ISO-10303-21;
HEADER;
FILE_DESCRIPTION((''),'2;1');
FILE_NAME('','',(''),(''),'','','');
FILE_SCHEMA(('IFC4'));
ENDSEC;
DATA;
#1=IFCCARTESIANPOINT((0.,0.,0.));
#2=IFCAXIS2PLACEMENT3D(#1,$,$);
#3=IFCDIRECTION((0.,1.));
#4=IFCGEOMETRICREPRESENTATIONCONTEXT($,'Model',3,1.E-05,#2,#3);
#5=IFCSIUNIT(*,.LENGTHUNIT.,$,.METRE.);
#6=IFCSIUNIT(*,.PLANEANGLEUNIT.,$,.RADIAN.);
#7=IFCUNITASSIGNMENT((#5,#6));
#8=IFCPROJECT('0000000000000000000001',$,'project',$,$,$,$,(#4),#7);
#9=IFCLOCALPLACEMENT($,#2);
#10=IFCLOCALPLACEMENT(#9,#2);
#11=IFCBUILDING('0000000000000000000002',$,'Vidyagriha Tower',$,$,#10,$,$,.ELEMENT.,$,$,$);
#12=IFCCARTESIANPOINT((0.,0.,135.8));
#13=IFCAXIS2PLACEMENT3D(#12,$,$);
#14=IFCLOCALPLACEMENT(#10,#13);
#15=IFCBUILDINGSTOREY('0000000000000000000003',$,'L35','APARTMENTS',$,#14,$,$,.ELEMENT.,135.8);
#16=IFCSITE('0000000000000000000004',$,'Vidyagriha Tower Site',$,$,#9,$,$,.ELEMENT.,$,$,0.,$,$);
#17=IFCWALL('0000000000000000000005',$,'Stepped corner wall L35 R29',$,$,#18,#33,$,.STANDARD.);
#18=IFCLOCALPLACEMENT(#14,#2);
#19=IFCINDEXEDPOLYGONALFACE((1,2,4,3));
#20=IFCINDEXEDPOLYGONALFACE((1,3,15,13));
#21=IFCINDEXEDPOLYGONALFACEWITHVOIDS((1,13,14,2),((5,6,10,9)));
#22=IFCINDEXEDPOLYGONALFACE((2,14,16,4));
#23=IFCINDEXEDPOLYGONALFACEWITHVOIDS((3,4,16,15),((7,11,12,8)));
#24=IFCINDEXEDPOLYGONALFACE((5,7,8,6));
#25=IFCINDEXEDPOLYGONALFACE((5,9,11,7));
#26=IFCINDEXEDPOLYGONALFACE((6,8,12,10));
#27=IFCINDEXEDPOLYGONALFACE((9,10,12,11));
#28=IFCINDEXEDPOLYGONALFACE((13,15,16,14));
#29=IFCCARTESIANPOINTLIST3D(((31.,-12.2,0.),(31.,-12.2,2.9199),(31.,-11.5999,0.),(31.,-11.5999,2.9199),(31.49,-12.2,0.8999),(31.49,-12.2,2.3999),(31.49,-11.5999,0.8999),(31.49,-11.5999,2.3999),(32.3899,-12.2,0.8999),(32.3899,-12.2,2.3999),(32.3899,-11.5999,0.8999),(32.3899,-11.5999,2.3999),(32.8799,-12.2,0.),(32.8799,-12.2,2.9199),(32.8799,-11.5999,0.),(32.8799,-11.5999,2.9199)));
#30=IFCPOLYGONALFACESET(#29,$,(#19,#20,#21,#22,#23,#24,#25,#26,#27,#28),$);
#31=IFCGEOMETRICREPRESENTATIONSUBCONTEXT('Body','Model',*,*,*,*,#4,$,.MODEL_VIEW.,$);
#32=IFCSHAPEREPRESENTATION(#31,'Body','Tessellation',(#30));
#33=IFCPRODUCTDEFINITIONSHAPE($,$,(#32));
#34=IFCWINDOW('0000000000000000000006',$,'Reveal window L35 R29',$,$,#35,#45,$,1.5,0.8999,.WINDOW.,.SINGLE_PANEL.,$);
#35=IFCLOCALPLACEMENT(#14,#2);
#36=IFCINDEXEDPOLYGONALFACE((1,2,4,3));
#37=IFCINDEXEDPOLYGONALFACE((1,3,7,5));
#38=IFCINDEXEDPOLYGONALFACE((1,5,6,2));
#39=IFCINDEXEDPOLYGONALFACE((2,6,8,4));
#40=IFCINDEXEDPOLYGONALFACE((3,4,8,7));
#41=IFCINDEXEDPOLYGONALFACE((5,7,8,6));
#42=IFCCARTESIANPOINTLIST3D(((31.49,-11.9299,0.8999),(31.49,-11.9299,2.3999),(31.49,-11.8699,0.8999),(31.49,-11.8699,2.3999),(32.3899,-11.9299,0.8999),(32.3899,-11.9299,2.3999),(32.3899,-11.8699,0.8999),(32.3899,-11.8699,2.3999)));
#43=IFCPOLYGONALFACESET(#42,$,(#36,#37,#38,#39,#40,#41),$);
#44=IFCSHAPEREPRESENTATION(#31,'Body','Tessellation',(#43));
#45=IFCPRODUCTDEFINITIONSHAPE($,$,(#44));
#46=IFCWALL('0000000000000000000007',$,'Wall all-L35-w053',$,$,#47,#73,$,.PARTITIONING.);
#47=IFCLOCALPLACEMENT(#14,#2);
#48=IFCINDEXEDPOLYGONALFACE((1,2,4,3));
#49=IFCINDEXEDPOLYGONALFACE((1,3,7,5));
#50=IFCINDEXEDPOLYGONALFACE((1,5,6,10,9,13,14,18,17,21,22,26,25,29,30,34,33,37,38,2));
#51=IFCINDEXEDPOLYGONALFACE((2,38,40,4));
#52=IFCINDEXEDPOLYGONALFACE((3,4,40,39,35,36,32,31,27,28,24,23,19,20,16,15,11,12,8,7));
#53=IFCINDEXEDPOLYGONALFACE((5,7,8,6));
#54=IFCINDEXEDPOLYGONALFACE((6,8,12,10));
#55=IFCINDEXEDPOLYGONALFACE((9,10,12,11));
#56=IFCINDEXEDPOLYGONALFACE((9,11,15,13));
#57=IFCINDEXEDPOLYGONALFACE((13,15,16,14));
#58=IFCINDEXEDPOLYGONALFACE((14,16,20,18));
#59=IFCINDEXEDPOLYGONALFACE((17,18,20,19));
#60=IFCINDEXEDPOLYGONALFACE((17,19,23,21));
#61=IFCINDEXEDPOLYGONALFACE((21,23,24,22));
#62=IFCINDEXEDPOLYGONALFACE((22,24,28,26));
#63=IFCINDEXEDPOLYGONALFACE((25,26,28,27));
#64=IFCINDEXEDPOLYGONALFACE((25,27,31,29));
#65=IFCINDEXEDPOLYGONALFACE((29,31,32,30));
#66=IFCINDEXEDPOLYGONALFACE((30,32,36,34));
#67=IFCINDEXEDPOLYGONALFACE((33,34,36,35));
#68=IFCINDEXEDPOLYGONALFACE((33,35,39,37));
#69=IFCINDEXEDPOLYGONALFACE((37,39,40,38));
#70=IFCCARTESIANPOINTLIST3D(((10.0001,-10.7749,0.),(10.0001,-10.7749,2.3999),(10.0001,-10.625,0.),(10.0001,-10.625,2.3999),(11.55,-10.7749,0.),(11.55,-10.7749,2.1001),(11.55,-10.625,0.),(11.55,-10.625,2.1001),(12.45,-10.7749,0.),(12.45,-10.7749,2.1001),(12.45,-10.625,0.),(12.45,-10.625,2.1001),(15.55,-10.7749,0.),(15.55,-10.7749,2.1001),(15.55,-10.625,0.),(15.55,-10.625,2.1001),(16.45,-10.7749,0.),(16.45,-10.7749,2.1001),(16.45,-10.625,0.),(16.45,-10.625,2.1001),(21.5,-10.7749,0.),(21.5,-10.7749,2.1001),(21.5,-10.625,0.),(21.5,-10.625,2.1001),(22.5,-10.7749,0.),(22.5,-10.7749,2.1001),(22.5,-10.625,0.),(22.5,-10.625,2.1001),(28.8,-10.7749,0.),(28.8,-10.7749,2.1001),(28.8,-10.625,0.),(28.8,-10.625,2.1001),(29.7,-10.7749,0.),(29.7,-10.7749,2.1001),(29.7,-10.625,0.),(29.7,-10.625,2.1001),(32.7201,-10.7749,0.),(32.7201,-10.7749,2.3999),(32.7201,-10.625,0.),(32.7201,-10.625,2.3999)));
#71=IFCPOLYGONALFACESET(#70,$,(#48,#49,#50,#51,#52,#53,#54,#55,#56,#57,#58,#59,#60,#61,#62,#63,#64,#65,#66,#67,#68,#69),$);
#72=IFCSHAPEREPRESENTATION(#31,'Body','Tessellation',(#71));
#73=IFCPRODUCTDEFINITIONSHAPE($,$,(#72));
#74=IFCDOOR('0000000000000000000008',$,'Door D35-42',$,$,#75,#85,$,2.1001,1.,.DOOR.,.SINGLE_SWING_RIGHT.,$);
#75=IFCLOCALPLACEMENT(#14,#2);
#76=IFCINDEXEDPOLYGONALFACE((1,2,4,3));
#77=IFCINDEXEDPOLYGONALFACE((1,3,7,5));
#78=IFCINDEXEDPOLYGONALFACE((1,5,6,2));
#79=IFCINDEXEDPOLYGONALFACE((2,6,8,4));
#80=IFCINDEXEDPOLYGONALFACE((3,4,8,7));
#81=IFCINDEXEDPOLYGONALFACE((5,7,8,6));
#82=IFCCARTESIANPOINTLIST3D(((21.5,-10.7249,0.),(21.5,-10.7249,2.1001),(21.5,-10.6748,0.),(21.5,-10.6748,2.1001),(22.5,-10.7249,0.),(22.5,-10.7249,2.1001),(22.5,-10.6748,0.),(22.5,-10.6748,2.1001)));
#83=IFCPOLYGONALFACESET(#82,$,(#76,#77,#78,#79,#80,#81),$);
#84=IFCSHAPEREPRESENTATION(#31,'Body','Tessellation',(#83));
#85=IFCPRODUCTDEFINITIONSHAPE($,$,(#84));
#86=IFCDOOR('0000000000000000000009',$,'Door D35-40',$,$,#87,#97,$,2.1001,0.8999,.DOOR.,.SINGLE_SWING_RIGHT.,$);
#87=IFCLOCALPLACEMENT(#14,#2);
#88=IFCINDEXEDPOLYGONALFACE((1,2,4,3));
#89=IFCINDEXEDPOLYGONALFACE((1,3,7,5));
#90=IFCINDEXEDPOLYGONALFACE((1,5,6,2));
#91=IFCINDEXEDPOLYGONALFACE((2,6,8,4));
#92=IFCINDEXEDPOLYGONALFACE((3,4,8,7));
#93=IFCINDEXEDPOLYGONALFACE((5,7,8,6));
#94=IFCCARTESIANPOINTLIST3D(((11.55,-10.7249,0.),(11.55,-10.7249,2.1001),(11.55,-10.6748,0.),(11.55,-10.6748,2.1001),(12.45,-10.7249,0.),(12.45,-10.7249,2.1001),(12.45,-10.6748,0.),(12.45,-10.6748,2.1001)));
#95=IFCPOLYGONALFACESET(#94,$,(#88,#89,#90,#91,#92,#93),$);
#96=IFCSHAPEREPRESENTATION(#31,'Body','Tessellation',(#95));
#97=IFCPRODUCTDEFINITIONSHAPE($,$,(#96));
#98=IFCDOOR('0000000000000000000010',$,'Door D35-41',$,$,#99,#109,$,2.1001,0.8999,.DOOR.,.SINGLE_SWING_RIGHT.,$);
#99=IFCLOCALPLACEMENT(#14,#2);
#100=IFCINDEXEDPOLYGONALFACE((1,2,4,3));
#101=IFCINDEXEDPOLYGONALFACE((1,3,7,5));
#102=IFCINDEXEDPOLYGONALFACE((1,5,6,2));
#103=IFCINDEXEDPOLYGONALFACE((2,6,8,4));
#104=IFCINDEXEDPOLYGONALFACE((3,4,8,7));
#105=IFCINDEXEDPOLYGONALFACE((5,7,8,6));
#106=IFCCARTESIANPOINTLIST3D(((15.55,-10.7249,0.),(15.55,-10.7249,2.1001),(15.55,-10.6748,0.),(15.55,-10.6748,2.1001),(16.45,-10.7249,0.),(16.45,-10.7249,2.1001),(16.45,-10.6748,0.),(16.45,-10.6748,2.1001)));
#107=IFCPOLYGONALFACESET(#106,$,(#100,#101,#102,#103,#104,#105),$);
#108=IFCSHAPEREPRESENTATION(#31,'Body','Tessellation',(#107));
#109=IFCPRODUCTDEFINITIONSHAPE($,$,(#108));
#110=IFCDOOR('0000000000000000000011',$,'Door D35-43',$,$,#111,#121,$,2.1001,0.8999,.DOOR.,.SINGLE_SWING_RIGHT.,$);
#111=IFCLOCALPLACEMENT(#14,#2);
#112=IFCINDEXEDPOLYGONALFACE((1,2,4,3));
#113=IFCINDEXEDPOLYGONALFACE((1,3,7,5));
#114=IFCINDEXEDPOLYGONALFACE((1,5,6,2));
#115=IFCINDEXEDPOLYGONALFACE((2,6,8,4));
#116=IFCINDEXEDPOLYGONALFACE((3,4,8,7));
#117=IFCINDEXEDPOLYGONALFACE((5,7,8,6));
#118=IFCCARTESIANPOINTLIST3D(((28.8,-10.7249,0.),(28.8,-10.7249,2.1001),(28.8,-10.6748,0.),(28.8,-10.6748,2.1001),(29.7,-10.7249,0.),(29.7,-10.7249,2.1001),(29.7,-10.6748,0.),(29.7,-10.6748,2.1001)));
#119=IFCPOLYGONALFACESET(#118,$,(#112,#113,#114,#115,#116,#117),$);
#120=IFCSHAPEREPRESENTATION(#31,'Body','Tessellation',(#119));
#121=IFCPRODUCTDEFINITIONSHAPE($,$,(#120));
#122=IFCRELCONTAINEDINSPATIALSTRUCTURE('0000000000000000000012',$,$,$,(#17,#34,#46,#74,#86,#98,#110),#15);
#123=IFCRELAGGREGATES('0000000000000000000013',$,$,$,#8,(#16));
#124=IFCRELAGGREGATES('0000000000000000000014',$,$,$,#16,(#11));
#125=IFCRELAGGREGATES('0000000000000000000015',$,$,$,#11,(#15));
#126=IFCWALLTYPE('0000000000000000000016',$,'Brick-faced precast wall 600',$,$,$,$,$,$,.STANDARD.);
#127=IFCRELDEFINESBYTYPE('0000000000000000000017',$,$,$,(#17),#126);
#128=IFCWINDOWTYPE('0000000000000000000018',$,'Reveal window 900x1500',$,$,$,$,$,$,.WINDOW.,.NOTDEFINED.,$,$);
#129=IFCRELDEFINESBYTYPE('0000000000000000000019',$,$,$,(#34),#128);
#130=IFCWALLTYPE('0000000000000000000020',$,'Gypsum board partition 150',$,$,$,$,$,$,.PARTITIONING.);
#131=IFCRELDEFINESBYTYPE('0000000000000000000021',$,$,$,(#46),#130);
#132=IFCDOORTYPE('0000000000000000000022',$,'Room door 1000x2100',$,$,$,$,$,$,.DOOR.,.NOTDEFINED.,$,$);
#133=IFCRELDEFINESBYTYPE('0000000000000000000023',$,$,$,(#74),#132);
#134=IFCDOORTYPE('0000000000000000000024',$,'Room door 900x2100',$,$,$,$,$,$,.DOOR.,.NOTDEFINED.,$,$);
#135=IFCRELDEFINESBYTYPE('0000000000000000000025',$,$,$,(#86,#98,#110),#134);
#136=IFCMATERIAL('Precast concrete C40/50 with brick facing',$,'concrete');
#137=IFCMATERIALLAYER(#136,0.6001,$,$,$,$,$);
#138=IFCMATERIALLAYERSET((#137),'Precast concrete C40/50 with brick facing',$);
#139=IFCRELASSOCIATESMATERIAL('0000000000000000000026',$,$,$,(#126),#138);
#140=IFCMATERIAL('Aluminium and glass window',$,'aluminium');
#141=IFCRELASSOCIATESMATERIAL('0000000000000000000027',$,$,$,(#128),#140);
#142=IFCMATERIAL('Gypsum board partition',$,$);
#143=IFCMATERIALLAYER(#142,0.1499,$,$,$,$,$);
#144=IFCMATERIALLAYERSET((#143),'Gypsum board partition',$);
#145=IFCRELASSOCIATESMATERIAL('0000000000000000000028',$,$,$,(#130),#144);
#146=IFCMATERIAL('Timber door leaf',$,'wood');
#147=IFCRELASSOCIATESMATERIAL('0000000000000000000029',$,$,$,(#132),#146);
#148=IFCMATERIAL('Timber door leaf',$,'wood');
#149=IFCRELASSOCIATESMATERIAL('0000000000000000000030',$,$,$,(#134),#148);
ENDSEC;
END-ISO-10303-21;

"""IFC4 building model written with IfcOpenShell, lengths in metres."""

from ifc_helpers import new_model, si_unit, direction, frame, frame_2d, origin, place, context, subcontext, project, spatial, rectangle, extrude, material, layer, layer_set, type_object, element, fill, save


model = new_model("IFC4")

# Units and contexts
model_context = context("Model", 3, precision=1e-05, world=origin(), true_north=direction((0.0, 1.0)))
body_context = subcontext(model_context, "Body", "Model", "MODEL_VIEW")
ifc_project = project(units=[si_unit("LENGTHUNIT", "METRE"), si_unit("PLANEANGLEUNIT", "RADIAN")], contexts=[model_context])

# Site, building, storey
site_placement = place(None, origin())
site = spatial("IfcSite", under=ifc_project, at=site_placement, Name="Vidyagriha Tower Site", CompositionType="ELEMENT", RefElevation=0.0)
building_placement = place(site_placement, origin())
building = spatial("IfcBuilding", under=site, at=building_placement, Name="Vidyagriha Tower", CompositionType="ELEMENT")
storey_placement = place(building_placement, frame((0.0, 0.0, 135.8)))
storey = spatial("IfcBuildingStorey", under=building, at=storey_placement, Name="L35", Description="APARTMENTS", CompositionType="ELEMENT", Elevation=135.8)

# Shared definitions
ifc_material_1 = material(Name="Precast concrete C40/50 with brick facing", Category="concrete")
ifc_layer_1 = layer(ifc_material_1, 0.6001)
ifc_layer_set_1 = layer_set([ifc_layer_1], Name="Precast concrete C40/50 with brick facing")
wall_type_1 = type_object("IfcWallType", Name="Brick-faced precast wall 600", PredefinedType="STANDARD", material=ifc_layer_set_1)

# Shared definitions
ifc_material_2 = material(Name="Aluminium and glass window", Category="aluminium")
window_type = type_object("IfcWindowType", Name="Reveal window 900x1500", PartitioningType="NOTDEFINED", PredefinedType="WINDOW", material=ifc_material_2)

# Wall, opening, window
wall_1_placement = place(storey_placement, frame((31.0, -11.8999, 0.0)))
wall_1 = element("IfcWall", 1, at=wall_1_placement, inside=storey, type_object=wall_type_1, Name="Stepped corner wall L35 R29", PredefinedType="STANDARD", context=body_context, shape_type="SweptSolid", body=[
    extrude(rectangle(XDim=1.8799, YDim=0.6001, at=frame_2d((0.9399, 0.0))), origin(), (0.0, 0.0, 1.0), 2.9199),
])
opening_1_placement = place(wall_1_placement, frame((0.49, 0.0, 0.8999)))
opening_1 = element("IfcOpeningElement", 2, at=opening_1_placement, cuts=wall_1, PredefinedType="OPENING", context=body_context, shape_type="SweptSolid", body=[
    extrude(rectangle(XDim=0.8999, YDim=1.5, at=frame_2d((0.45, 0.75))), frame((0.0, 0.3101, 0.0), z_axis=(0.0, -1.0, 0.0), x_axis=(1.0, 0.0, 0.0)), (0.0, 0.0, 1.0), 0.6201),
])
window_1_placement = place(opening_1_placement, origin())
window_1 = element("IfcWindow", 3, at=window_1_placement, inside=storey, type_object=window_type, Name="Reveal window L35 R29", OverallHeight=1.5, OverallWidth=0.8999, PartitioningType="SINGLE_PANEL", PredefinedType="WINDOW", context=body_context, shape_type="SweptSolid", body=[
    extrude(rectangle(XDim=0.8999, YDim=1.5, at=frame_2d((0.45, 0.75))), frame((0.0, 0.03, 0.0), z_axis=(0.0, -1.0, 0.0), x_axis=(1.0, 0.0, 0.0)), (0.0, 0.0, 1.0), 0.0601),
])
fill(opening_1, window_1)

# Wall, openings, doors
ifc_material_3 = material(Name="Gypsum board partition")
ifc_layer_2 = layer(ifc_material_3, 0.1499)
ifc_layer_set_2 = layer_set([ifc_layer_2], Name="Gypsum board partition")
wall_type_2 = type_object("IfcWallType", Name="Gypsum board partition 150", PredefinedType="PARTITIONING", material=ifc_layer_set_2)
wall_2_placement = place(storey_placement, frame((32.72, -10.7, 0.0), z_axis=(0.0, 0.0, 1.0), x_axis=(-1.0, 0.0, 0.0)))
wall_2 = element("IfcWall", 4, at=wall_2_placement, inside=storey, type_object=wall_type_2, Name="Wall all-L35-w053", PredefinedType="PARTITIONING", context=body_context, shape_type="SweptSolid", body=[
    extrude(rectangle(XDim=22.72, YDim=0.1499, at=frame_2d((11.3599, 0.0))), origin(), (0.0, 0.0, 1.0), 2.3999),
])
opening_2_placement = place(wall_2_placement, frame((20.27, 0.0, 0.0)))
opening_2 = element("IfcOpeningElement", 5, at=opening_2_placement, cuts=wall_2, PredefinedType="OPENING", context=body_context, shape_type="SweptSolid", body=[
    extrude(rectangle(XDim=0.8999, YDim=2.1001, at=frame_2d((0.45, 1.05))), frame((0.0, 0.085, 0.0), z_axis=(0.0, -1.0, 0.0), x_axis=(1.0, 0.0, 0.0)), (0.0, 0.0, 1.0), 0.1699),
])
opening_3_placement = place(wall_2_placement, frame((16.27, 0.0, 0.0)))
opening_3 = element("IfcOpeningElement", 6, at=opening_3_placement, cuts=wall_2, PredefinedType="OPENING", context=body_context, shape_type="SweptSolid", body=[
    extrude(rectangle(XDim=0.8999, YDim=2.1001, at=frame_2d((0.45, 1.05))), frame((0.0, 0.085, 0.0), z_axis=(0.0, -1.0, 0.0), x_axis=(1.0, 0.0, 0.0)), (0.0, 0.0, 1.0), 0.1699),
])
opening_4_placement = place(wall_2_placement, frame((10.22, 0.0, 0.0)))
opening_4 = element("IfcOpeningElement", 7, at=opening_4_placement, cuts=wall_2, PredefinedType="OPENING", context=body_context, shape_type="SweptSolid", body=[
    extrude(rectangle(XDim=1.0, YDim=2.1001, at=frame_2d((0.5, 1.05))), frame((0.0, 0.085, 0.0), z_axis=(0.0, -1.0, 0.0), x_axis=(1.0, 0.0, 0.0)), (0.0, 0.0, 1.0), 0.1699),
])
opening_5_placement = place(wall_2_placement, frame((3.02, 0.0, 0.0)))
opening_5 = element("IfcOpeningElement", 8, at=opening_5_placement, cuts=wall_2, PredefinedType="OPENING", context=body_context, shape_type="SweptSolid", body=[
    extrude(rectangle(XDim=0.8999, YDim=2.1001, at=frame_2d((0.45, 1.05))), frame((0.0, 0.085, 0.0), z_axis=(0.0, -1.0, 0.0), x_axis=(1.0, 0.0, 0.0)), (0.0, 0.0, 1.0), 0.1699),
])
ifc_material_4 = material(Name="Timber door leaf", Category="wood")
door_type_1 = type_object("IfcDoorType", Name="Room door 1000x2100", OperationType="NOTDEFINED", PredefinedType="DOOR", material=ifc_material_4)
door_1_placement = place(opening_4_placement, origin())
door_1 = element("IfcDoor", 9, at=door_1_placement, inside=storey, type_object=door_type_1, Name="Door D35-42", OperationType="SINGLE_SWING_RIGHT", OverallHeight=2.1001, OverallWidth=1.0, PredefinedType="DOOR", context=body_context, shape_type="SweptSolid", body=[
    extrude(rectangle(XDim=1.0, YDim=2.1001, at=frame_2d((0.5, 1.05))), frame((0.0, 0.0249, 0.0), z_axis=(0.0, -1.0, 0.0), x_axis=(1.0, 0.0, 0.0)), (0.0, 0.0, 1.0), 0.05),
])
fill(opening_4, door_1)
ifc_material_5 = material(Name="Timber door leaf", Category="wood")
door_type_2 = type_object("IfcDoorType", Name="Room door 900x2100", OperationType="NOTDEFINED", PredefinedType="DOOR", material=ifc_material_5)
door_2_placement = place(opening_2_placement, origin())
door_2 = element("IfcDoor", 10, at=door_2_placement, inside=storey, type_object=door_type_2, Name="Door D35-40", OperationType="SINGLE_SWING_RIGHT", OverallHeight=2.1001, OverallWidth=0.8999, PredefinedType="DOOR", context=body_context, shape_type="SweptSolid", body=[
    extrude(rectangle(XDim=0.8999, YDim=2.1001, at=frame_2d((0.45, 1.05))), frame((0.0, 0.0249, 0.0), z_axis=(0.0, -1.0, 0.0), x_axis=(1.0, 0.0, 0.0)), (0.0, 0.0, 1.0), 0.05),
])
fill(opening_2, door_2)
door_3_placement = place(opening_3_placement, origin())
door_3 = element("IfcDoor", 11, at=door_3_placement, inside=storey, type_object=door_type_2, Name="Door D35-41", OperationType="SINGLE_SWING_RIGHT", OverallHeight=2.1001, OverallWidth=0.8999, PredefinedType="DOOR", context=body_context, shape_type="SweptSolid", body=[
    extrude(rectangle(XDim=0.8999, YDim=2.1001, at=frame_2d((0.45, 1.05))), frame((0.0, 0.0249, 0.0), z_axis=(0.0, -1.0, 0.0), x_axis=(1.0, 0.0, 0.0)), (0.0, 0.0, 1.0), 0.05),
])
fill(opening_3, door_3)
door_4_placement = place(opening_5_placement, origin())
door_4 = element("IfcDoor", 12, at=door_4_placement, inside=storey, type_object=door_type_2, Name="Door D35-43", OperationType="SINGLE_SWING_RIGHT", OverallHeight=2.1001, OverallWidth=0.8999, PredefinedType="DOOR", context=body_context, shape_type="SweptSolid", body=[
    extrude(rectangle(XDim=0.8999, YDim=2.1001, at=frame_2d((0.45, 1.05))), frame((0.0, 0.0249, 0.0), z_axis=(0.0, -1.0, 0.0), x_axis=(1.0, 0.0, 0.0)), (0.0, 0.0, 1.0), 0.05),
])
fill(opening_5, door_4)

save(model, "model.ifc")
